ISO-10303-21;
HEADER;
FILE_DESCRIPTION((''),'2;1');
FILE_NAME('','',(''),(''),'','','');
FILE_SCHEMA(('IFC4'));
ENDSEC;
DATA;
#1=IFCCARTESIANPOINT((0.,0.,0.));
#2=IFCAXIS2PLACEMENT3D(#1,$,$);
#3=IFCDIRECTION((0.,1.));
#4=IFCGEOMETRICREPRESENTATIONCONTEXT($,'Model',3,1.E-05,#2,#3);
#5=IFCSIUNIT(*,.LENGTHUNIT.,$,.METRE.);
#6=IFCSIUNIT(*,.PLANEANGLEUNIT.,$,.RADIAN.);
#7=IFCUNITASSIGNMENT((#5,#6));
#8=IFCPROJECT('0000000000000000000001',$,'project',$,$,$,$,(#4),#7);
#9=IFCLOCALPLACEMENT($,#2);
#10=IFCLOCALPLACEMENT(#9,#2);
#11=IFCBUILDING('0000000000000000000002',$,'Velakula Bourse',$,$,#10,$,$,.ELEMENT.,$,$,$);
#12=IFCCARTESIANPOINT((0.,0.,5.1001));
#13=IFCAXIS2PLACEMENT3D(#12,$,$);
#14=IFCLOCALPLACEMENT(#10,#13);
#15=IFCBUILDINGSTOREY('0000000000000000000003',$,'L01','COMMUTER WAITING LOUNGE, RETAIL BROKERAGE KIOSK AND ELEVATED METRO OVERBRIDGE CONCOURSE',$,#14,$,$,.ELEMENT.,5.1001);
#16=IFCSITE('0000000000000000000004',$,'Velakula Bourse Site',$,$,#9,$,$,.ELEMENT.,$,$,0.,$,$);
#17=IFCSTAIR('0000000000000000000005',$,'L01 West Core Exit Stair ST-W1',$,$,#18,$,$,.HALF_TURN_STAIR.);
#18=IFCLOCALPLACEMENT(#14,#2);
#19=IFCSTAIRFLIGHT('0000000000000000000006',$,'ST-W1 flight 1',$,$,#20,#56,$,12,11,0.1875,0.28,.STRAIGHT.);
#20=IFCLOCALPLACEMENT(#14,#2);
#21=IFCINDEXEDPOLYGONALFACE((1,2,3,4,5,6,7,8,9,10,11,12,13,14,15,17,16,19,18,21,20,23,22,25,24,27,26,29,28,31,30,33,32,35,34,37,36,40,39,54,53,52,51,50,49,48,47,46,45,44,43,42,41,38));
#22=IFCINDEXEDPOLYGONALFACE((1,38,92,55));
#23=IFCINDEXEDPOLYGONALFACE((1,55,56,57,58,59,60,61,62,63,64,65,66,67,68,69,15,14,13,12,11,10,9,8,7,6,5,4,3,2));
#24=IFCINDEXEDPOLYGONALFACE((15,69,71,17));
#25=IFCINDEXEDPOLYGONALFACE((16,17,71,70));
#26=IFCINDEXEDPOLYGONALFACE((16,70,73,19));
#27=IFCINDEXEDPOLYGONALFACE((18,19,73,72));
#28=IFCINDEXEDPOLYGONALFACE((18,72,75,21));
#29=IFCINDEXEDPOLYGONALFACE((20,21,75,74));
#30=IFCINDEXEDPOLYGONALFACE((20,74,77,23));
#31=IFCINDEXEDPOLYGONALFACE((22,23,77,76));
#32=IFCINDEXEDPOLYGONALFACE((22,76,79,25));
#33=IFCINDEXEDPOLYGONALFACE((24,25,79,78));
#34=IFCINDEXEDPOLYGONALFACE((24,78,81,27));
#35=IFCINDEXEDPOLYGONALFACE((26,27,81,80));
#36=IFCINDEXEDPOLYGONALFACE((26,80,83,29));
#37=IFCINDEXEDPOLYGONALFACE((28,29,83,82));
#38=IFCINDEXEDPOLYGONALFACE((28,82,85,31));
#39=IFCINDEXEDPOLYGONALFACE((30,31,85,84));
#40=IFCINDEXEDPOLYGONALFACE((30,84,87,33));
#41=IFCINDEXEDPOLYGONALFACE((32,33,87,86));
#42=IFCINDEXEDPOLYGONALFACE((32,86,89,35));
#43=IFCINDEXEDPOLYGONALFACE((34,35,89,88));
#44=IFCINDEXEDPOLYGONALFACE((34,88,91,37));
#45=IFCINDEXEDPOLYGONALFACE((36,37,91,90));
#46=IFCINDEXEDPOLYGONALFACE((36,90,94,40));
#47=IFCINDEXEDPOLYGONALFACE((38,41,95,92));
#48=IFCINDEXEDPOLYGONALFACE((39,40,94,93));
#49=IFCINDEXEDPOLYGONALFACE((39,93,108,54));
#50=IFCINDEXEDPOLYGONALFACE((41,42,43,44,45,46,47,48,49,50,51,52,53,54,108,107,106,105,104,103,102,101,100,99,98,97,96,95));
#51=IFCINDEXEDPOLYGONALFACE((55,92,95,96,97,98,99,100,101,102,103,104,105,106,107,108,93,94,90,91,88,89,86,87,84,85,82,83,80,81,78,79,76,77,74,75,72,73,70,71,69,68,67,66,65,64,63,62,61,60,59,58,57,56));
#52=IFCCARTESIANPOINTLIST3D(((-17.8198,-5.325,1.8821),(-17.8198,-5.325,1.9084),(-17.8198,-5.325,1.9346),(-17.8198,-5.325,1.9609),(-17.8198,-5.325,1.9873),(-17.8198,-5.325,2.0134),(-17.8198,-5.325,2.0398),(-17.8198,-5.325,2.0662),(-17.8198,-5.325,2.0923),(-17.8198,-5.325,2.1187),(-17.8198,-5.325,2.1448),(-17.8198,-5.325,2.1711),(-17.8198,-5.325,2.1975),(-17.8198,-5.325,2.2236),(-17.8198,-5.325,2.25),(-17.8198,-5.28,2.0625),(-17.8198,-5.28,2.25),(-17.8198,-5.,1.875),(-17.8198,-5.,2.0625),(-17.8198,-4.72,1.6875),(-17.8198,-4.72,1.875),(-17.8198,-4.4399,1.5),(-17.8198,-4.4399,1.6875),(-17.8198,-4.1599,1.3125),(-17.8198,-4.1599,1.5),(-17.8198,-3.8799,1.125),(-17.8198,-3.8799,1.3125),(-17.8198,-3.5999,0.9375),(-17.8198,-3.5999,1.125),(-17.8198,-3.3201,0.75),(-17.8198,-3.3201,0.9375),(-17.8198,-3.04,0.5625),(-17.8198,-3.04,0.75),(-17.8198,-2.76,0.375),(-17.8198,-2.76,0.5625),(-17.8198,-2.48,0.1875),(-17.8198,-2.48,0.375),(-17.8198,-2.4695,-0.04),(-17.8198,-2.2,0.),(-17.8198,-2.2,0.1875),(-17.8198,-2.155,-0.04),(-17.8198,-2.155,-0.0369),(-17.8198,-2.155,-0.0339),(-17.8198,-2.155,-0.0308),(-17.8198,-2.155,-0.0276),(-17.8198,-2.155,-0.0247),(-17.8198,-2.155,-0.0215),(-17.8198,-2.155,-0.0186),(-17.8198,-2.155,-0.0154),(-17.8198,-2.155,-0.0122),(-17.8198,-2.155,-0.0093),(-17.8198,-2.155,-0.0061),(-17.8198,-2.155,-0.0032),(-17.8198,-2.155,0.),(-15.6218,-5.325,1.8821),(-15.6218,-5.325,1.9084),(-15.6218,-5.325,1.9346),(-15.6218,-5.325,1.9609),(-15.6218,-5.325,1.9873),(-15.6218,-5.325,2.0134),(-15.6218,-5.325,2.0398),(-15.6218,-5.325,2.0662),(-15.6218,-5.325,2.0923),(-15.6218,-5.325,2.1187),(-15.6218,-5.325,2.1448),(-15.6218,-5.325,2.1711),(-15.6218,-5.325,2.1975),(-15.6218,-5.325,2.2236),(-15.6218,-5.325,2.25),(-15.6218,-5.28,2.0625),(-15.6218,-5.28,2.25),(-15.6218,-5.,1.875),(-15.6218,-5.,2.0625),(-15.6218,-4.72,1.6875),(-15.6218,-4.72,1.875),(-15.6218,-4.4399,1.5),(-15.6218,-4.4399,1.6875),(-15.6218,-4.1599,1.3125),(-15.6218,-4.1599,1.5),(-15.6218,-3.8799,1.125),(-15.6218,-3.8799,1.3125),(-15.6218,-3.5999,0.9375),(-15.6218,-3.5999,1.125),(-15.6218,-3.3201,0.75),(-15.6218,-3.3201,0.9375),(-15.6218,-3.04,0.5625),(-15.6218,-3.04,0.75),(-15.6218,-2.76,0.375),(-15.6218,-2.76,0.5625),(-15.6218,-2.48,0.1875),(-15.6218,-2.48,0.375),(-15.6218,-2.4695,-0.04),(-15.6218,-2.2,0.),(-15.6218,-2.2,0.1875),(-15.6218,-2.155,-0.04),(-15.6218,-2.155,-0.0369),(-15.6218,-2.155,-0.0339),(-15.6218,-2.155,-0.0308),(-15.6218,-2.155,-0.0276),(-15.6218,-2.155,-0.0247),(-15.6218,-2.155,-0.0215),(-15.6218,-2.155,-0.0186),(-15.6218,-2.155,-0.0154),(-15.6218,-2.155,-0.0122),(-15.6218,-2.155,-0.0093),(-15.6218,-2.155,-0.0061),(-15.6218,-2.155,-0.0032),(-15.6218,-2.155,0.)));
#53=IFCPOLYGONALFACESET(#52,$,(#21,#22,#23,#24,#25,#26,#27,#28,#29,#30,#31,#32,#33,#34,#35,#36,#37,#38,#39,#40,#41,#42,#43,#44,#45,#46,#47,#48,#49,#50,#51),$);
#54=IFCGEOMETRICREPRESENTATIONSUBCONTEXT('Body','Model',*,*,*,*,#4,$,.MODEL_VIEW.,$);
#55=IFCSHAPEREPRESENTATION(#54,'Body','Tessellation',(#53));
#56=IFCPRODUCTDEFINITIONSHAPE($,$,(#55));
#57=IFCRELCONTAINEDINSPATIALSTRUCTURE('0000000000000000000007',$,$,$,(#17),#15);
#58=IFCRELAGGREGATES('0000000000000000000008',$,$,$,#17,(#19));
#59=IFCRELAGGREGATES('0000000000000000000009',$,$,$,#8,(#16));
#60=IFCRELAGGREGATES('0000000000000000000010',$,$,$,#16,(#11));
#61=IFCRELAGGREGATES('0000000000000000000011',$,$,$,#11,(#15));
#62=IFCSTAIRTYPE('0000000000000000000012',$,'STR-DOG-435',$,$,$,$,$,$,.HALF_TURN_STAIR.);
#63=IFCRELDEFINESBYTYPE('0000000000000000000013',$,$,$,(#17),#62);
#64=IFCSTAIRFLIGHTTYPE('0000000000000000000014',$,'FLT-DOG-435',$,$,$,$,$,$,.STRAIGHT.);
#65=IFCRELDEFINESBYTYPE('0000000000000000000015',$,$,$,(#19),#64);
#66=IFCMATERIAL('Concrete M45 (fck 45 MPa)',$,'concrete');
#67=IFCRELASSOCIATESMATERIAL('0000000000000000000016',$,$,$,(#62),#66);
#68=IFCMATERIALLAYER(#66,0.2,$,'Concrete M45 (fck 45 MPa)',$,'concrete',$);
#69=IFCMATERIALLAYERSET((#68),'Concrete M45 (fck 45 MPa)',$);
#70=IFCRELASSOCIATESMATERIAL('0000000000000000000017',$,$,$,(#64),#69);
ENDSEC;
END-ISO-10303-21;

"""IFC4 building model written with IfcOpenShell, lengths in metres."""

from ifc_helpers import new_model, si_unit, direction, frame, origin, place, context, subcontext, project, spatial, polyline, outline, extrude, material, layer, layer_set, type_object, element, aggregate, save


model = new_model("IFC4")

# Units and contexts
model_context = context("Model", 3, precision=1e-05, world=origin(), true_north=direction((0.0, 1.0)))
body_context = subcontext(model_context, "Body", "Model", "MODEL_VIEW")
ifc_project = project(units=[si_unit("LENGTHUNIT", "METRE"), si_unit("PLANEANGLEUNIT", "RADIAN")], contexts=[model_context])

# Site, building, storey
site_placement = place(None, origin())
site = spatial("IfcSite", under=ifc_project, at=site_placement, Name="Velakula Bourse Site", CompositionType="ELEMENT", RefElevation=0.0)
building_placement = place(site_placement, origin())
building = spatial("IfcBuilding", under=site, at=building_placement, Name="Velakula Bourse", CompositionType="ELEMENT")
storey_placement = place(building_placement, frame((0.0, 0.0, 5.1001)))
storey = spatial("IfcBuildingStorey", under=building, at=storey_placement, Name="L01", Description="COMMUTER WAITING LOUNGE, RETAIL BROKERAGE KIOSK AND ELEVATED METRO OVERBRIDGE CONCOURSE", CompositionType="ELEMENT", Elevation=5.1001)

# Stair, stair flight
ifc_material_1 = material(Name="Concrete M45 (fck 45 MPa)", Category="concrete")
stair_type = type_object("IfcStairType", Name="STR-DOG-435", PredefinedType="HALF_TURN_STAIR", material=ifc_material_1)
stair_placement = place(storey_placement, origin())
stair = element("IfcStair", 1, at=stair_placement, inside=storey, type_object=stair_type, Name="L01 West Core Exit Stair ST-W1", PredefinedType="HALF_TURN_STAIR")
ifc_layer_1 = layer(ifc_material_1, 0.2, Name="Concrete M45 (fck 45 MPa)", Category="concrete")
ifc_layer_set_1 = layer_set([ifc_layer_1], Name="Concrete M45 (fck 45 MPa)")
stair_flight_type = type_object("IfcStairFlightType", Name="FLT-DOG-435", PredefinedType="STRAIGHT", material=ifc_layer_set_1)
stair_flight_placement = place(storey_placement, frame((-16.7209, -2.2, 0.0), z_axis=(0.0, 0.0, 1.0), x_axis=(0.0, -1.0, 0.0)))
stair_flight = element("IfcStairFlight", 2, at=stair_flight_placement, type_object=stair_flight_type, Name="ST-W1 flight 1", NumberOfRisers=12, NumberOfTreads=11, PredefinedType="STRAIGHT", RiserHeight=0.1875, TreadLength=0.28, context=body_context, shape_type="SweptSolid", body=[
    extrude(outline(polyline([(-0.0449, -0.04), (-0.0449, -0.0369), (-0.0449, -0.0339), (-0.0449, -0.0308), (-0.0449, -0.0276), (-0.0449, -0.0247), (-0.0449, -0.0215), (-0.0449, -0.0186), (-0.0449, -0.0154), (-0.0449, -0.0122), (-0.0449, -0.0093), (-0.0449, -0.0061), (-0.0449, -0.0032), (-0.0449, 0.0), (0.0, 0.0), (0.0, 0.1875), (0.28, 0.1875), (0.28, 0.375), (0.5601, 0.375), (0.5601, 0.5625), (0.8401, 0.5625), (0.8401, 0.75), (1.1201, 0.75), (1.1201, 0.9375), (1.3999, 0.9375), (1.3999, 1.125), (1.6799, 1.125), (1.6799, 1.3125), (1.96, 1.3125), (1.96, 1.5), (2.24, 1.5), (2.24, 1.6875), (2.52, 1.6875), (2.52, 1.875), (2.8, 1.875), (2.8, 2.0625), (3.0801, 2.0625), (3.0801, 2.25), (3.125, 2.25), (3.125, 2.2236), (3.125, 2.1975), (3.125, 2.1711), (3.125, 2.1448), (3.125, 2.1187), (3.125, 2.0923), (3.125, 2.0662), (3.125, 2.0398), (3.125, 2.0134), (3.125, 1.9873), (3.125, 1.9609), (3.125, 1.9346), (3.125, 1.9084), (3.125, 1.8821), (0.2695, -0.04), (-0.0449, -0.04)])), frame((0.0, 1.0991, 0.0), z_axis=(0.0, -1.0, 0.0), x_axis=(1.0, 0.0, 0.0)), (0.0, 0.0, 1.0), 2.198),
])
aggregate(stair, [stair_flight])

save(model, "model.ifc")
